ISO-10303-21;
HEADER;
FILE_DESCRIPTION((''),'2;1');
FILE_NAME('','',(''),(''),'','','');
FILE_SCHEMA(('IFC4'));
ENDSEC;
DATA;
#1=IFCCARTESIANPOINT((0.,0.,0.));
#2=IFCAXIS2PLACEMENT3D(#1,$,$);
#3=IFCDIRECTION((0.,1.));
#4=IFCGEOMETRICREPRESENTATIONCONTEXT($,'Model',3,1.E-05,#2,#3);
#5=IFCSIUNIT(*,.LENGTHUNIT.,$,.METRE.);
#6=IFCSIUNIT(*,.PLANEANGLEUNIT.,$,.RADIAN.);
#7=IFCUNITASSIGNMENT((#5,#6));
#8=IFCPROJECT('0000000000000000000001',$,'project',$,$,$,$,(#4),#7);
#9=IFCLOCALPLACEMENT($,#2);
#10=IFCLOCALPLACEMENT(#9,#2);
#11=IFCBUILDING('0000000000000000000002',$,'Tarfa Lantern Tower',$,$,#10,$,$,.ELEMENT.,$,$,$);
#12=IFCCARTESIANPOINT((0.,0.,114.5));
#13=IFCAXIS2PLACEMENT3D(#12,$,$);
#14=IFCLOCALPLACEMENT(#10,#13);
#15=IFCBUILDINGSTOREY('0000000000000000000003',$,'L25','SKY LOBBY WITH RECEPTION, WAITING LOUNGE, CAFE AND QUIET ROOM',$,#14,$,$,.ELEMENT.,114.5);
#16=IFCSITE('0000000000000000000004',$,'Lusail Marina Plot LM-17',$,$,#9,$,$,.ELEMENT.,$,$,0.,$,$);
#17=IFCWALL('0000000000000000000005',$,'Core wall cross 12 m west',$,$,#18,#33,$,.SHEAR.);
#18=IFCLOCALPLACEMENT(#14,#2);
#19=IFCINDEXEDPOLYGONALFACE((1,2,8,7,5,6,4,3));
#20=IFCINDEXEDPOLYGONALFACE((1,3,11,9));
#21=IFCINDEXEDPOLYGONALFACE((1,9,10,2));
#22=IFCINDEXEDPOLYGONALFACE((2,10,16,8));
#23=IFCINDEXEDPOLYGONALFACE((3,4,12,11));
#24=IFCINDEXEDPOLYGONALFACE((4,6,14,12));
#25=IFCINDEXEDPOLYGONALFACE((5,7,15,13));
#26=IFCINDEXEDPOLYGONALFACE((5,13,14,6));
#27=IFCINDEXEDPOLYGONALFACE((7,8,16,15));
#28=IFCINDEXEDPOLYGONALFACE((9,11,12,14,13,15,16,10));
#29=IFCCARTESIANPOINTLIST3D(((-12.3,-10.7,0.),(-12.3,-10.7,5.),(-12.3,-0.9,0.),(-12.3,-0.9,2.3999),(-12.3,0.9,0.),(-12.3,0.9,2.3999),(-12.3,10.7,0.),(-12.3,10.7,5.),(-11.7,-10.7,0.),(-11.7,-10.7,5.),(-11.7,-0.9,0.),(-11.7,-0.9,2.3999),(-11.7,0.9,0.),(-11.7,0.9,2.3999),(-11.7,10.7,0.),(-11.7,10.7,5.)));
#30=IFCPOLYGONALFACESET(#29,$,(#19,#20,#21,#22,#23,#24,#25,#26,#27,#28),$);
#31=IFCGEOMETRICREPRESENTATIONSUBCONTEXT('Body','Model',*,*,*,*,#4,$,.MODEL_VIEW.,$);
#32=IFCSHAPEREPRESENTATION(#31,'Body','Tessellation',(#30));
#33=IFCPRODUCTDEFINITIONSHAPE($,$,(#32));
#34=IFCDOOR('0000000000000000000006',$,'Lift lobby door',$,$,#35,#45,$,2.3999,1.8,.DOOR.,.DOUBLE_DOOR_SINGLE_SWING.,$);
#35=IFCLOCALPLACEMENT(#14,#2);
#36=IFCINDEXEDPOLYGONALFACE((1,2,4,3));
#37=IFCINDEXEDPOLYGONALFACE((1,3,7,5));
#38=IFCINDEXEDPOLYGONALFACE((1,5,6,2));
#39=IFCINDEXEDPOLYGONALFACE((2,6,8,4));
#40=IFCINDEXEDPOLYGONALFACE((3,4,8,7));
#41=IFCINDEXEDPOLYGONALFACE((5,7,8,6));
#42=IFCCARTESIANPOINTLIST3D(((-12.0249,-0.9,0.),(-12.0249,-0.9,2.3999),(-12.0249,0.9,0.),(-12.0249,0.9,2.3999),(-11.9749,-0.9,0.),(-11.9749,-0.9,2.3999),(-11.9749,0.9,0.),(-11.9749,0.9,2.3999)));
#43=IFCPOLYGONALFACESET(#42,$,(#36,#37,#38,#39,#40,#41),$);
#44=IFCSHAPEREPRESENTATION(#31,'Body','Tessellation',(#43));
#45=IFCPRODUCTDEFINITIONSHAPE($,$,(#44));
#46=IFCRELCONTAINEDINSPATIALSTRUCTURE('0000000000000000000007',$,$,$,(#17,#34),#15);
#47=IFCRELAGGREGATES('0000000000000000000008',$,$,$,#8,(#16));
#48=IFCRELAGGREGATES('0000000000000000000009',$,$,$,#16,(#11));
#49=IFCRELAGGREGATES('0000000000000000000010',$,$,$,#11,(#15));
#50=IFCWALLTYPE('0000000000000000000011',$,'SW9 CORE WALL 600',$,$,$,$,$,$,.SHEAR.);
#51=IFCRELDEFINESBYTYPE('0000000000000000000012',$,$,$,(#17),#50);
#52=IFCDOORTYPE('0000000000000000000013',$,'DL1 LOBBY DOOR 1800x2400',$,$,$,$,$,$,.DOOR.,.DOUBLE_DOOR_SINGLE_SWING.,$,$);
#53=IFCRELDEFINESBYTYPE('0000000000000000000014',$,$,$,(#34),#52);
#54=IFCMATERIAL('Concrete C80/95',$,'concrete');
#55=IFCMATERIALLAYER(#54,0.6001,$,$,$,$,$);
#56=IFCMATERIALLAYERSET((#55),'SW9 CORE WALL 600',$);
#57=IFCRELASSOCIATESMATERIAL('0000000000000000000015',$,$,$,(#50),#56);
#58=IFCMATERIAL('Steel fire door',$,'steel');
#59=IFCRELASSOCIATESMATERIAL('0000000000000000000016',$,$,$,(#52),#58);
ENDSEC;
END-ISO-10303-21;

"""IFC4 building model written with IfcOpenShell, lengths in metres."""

from ifc_helpers import new_model, si_unit, direction, frame, frame_2d, origin, place, context, subcontext, project, spatial, rectangle, extrude, material, layer, layer_set, type_object, element, fill, save


model = new_model("IFC4")

# Units and contexts
model_context = context("Model", 3, precision=1e-05, world=origin(), true_north=direction((0.0, 1.0)))
body_context = subcontext(model_context, "Body", "Model", "MODEL_VIEW")
ifc_project = project(units=[si_unit("LENGTHUNIT", "METRE"), si_unit("PLANEANGLEUNIT", "RADIAN")], contexts=[model_context])

# Site, building, storey
site_placement = place(None, origin())
site = spatial("IfcSite", under=ifc_project, at=site_placement, Name="Lusail Marina Plot LM-17", CompositionType="ELEMENT", RefElevation=0.0)
building_placement = place(site_placement, origin())
building = spatial("IfcBuilding", under=site, at=building_placement, Name="Tarfa Lantern Tower", CompositionType="ELEMENT")
storey_placement = place(building_placement, frame((0.0, 0.0, 114.5)))
storey = spatial("IfcBuildingStorey", under=building, at=storey_placement, Name="L25", Description="SKY LOBBY WITH RECEPTION, WAITING LOUNGE, CAFE AND QUIET ROOM", CompositionType="ELEMENT", Elevation=114.5)

# Shared definitions
ifc_material_1 = material(Name="Concrete C80/95", Category="concrete")

# Wall, opening, door
ifc_layer_1 = layer(ifc_material_1, 0.6001)
ifc_layer_set_1 = layer_set([ifc_layer_1], Name="SW9 CORE WALL 600")
wall_type_1 = type_object("IfcWallType", Name="SW9 CORE WALL 600", PredefinedType="SHEAR", material=ifc_layer_set_1)
wall_1_placement = place(storey_placement, frame((-12.0, -10.7, 0.0), z_axis=(0.0, 0.0, 1.0), x_axis=(0.0, 1.0, 0.0)))
wall_1 = element("IfcWall", 1, at=wall_1_placement, inside=storey, type_object=wall_type_1, Name="Core wall cross 12 m west", PredefinedType="SHEAR", context=body_context, shape_type="SweptSolid", body=[
    extrude(rectangle(XDim=21.3999, YDim=0.6001, at=frame_2d((10.7, 0.0))), origin(), (0.0, 0.0, 1.0), 5.0),
])
opening_placement = place(wall_1_placement, frame((9.8, 0.0, 0.0)))
opening = element("IfcOpeningElement", 2, at=opening_placement, cuts=wall_1, PredefinedType="OPENING", context=body_context, shape_type="SweptSolid", body=[
    extrude(rectangle(XDim=1.8, YDim=2.3999, at=frame_2d((0.8999, 1.2))), frame((0.0, 0.3101, 0.0), z_axis=(0.0, -1.0, 0.0), x_axis=(1.0, 0.0, 0.0)), (0.0, 0.0, 1.0), 0.6201),
])
ifc_material_2 = material(Name="Steel fire door", Category="steel")
door_type = type_object("IfcDoorType", Name="DL1 LOBBY DOOR 1800x2400", OperationType="DOUBLE_DOOR_SINGLE_SWING", PredefinedType="DOOR", material=ifc_material_2)
door_placement = place(opening_placement, origin())
door = element("IfcDoor", 3, at=door_placement, inside=storey, type_object=door_type, Name="Lift lobby door", OperationType="DOUBLE_DOOR_SINGLE_SWING", OverallHeight=2.3999, OverallWidth=1.8, PredefinedType="DOOR", context=body_context, shape_type="SweptSolid", body=[
    extrude(rectangle(XDim=1.8, YDim=2.3999, at=frame_2d((0.8999, 1.2))), frame((0.0, 0.0249, 0.0), z_axis=(0.0, -1.0, 0.0), x_axis=(1.0, 0.0, 0.0)), (0.0, 0.0, 1.0), 0.05),
])
fill(opening, door)

save(model, "model.ifc")
